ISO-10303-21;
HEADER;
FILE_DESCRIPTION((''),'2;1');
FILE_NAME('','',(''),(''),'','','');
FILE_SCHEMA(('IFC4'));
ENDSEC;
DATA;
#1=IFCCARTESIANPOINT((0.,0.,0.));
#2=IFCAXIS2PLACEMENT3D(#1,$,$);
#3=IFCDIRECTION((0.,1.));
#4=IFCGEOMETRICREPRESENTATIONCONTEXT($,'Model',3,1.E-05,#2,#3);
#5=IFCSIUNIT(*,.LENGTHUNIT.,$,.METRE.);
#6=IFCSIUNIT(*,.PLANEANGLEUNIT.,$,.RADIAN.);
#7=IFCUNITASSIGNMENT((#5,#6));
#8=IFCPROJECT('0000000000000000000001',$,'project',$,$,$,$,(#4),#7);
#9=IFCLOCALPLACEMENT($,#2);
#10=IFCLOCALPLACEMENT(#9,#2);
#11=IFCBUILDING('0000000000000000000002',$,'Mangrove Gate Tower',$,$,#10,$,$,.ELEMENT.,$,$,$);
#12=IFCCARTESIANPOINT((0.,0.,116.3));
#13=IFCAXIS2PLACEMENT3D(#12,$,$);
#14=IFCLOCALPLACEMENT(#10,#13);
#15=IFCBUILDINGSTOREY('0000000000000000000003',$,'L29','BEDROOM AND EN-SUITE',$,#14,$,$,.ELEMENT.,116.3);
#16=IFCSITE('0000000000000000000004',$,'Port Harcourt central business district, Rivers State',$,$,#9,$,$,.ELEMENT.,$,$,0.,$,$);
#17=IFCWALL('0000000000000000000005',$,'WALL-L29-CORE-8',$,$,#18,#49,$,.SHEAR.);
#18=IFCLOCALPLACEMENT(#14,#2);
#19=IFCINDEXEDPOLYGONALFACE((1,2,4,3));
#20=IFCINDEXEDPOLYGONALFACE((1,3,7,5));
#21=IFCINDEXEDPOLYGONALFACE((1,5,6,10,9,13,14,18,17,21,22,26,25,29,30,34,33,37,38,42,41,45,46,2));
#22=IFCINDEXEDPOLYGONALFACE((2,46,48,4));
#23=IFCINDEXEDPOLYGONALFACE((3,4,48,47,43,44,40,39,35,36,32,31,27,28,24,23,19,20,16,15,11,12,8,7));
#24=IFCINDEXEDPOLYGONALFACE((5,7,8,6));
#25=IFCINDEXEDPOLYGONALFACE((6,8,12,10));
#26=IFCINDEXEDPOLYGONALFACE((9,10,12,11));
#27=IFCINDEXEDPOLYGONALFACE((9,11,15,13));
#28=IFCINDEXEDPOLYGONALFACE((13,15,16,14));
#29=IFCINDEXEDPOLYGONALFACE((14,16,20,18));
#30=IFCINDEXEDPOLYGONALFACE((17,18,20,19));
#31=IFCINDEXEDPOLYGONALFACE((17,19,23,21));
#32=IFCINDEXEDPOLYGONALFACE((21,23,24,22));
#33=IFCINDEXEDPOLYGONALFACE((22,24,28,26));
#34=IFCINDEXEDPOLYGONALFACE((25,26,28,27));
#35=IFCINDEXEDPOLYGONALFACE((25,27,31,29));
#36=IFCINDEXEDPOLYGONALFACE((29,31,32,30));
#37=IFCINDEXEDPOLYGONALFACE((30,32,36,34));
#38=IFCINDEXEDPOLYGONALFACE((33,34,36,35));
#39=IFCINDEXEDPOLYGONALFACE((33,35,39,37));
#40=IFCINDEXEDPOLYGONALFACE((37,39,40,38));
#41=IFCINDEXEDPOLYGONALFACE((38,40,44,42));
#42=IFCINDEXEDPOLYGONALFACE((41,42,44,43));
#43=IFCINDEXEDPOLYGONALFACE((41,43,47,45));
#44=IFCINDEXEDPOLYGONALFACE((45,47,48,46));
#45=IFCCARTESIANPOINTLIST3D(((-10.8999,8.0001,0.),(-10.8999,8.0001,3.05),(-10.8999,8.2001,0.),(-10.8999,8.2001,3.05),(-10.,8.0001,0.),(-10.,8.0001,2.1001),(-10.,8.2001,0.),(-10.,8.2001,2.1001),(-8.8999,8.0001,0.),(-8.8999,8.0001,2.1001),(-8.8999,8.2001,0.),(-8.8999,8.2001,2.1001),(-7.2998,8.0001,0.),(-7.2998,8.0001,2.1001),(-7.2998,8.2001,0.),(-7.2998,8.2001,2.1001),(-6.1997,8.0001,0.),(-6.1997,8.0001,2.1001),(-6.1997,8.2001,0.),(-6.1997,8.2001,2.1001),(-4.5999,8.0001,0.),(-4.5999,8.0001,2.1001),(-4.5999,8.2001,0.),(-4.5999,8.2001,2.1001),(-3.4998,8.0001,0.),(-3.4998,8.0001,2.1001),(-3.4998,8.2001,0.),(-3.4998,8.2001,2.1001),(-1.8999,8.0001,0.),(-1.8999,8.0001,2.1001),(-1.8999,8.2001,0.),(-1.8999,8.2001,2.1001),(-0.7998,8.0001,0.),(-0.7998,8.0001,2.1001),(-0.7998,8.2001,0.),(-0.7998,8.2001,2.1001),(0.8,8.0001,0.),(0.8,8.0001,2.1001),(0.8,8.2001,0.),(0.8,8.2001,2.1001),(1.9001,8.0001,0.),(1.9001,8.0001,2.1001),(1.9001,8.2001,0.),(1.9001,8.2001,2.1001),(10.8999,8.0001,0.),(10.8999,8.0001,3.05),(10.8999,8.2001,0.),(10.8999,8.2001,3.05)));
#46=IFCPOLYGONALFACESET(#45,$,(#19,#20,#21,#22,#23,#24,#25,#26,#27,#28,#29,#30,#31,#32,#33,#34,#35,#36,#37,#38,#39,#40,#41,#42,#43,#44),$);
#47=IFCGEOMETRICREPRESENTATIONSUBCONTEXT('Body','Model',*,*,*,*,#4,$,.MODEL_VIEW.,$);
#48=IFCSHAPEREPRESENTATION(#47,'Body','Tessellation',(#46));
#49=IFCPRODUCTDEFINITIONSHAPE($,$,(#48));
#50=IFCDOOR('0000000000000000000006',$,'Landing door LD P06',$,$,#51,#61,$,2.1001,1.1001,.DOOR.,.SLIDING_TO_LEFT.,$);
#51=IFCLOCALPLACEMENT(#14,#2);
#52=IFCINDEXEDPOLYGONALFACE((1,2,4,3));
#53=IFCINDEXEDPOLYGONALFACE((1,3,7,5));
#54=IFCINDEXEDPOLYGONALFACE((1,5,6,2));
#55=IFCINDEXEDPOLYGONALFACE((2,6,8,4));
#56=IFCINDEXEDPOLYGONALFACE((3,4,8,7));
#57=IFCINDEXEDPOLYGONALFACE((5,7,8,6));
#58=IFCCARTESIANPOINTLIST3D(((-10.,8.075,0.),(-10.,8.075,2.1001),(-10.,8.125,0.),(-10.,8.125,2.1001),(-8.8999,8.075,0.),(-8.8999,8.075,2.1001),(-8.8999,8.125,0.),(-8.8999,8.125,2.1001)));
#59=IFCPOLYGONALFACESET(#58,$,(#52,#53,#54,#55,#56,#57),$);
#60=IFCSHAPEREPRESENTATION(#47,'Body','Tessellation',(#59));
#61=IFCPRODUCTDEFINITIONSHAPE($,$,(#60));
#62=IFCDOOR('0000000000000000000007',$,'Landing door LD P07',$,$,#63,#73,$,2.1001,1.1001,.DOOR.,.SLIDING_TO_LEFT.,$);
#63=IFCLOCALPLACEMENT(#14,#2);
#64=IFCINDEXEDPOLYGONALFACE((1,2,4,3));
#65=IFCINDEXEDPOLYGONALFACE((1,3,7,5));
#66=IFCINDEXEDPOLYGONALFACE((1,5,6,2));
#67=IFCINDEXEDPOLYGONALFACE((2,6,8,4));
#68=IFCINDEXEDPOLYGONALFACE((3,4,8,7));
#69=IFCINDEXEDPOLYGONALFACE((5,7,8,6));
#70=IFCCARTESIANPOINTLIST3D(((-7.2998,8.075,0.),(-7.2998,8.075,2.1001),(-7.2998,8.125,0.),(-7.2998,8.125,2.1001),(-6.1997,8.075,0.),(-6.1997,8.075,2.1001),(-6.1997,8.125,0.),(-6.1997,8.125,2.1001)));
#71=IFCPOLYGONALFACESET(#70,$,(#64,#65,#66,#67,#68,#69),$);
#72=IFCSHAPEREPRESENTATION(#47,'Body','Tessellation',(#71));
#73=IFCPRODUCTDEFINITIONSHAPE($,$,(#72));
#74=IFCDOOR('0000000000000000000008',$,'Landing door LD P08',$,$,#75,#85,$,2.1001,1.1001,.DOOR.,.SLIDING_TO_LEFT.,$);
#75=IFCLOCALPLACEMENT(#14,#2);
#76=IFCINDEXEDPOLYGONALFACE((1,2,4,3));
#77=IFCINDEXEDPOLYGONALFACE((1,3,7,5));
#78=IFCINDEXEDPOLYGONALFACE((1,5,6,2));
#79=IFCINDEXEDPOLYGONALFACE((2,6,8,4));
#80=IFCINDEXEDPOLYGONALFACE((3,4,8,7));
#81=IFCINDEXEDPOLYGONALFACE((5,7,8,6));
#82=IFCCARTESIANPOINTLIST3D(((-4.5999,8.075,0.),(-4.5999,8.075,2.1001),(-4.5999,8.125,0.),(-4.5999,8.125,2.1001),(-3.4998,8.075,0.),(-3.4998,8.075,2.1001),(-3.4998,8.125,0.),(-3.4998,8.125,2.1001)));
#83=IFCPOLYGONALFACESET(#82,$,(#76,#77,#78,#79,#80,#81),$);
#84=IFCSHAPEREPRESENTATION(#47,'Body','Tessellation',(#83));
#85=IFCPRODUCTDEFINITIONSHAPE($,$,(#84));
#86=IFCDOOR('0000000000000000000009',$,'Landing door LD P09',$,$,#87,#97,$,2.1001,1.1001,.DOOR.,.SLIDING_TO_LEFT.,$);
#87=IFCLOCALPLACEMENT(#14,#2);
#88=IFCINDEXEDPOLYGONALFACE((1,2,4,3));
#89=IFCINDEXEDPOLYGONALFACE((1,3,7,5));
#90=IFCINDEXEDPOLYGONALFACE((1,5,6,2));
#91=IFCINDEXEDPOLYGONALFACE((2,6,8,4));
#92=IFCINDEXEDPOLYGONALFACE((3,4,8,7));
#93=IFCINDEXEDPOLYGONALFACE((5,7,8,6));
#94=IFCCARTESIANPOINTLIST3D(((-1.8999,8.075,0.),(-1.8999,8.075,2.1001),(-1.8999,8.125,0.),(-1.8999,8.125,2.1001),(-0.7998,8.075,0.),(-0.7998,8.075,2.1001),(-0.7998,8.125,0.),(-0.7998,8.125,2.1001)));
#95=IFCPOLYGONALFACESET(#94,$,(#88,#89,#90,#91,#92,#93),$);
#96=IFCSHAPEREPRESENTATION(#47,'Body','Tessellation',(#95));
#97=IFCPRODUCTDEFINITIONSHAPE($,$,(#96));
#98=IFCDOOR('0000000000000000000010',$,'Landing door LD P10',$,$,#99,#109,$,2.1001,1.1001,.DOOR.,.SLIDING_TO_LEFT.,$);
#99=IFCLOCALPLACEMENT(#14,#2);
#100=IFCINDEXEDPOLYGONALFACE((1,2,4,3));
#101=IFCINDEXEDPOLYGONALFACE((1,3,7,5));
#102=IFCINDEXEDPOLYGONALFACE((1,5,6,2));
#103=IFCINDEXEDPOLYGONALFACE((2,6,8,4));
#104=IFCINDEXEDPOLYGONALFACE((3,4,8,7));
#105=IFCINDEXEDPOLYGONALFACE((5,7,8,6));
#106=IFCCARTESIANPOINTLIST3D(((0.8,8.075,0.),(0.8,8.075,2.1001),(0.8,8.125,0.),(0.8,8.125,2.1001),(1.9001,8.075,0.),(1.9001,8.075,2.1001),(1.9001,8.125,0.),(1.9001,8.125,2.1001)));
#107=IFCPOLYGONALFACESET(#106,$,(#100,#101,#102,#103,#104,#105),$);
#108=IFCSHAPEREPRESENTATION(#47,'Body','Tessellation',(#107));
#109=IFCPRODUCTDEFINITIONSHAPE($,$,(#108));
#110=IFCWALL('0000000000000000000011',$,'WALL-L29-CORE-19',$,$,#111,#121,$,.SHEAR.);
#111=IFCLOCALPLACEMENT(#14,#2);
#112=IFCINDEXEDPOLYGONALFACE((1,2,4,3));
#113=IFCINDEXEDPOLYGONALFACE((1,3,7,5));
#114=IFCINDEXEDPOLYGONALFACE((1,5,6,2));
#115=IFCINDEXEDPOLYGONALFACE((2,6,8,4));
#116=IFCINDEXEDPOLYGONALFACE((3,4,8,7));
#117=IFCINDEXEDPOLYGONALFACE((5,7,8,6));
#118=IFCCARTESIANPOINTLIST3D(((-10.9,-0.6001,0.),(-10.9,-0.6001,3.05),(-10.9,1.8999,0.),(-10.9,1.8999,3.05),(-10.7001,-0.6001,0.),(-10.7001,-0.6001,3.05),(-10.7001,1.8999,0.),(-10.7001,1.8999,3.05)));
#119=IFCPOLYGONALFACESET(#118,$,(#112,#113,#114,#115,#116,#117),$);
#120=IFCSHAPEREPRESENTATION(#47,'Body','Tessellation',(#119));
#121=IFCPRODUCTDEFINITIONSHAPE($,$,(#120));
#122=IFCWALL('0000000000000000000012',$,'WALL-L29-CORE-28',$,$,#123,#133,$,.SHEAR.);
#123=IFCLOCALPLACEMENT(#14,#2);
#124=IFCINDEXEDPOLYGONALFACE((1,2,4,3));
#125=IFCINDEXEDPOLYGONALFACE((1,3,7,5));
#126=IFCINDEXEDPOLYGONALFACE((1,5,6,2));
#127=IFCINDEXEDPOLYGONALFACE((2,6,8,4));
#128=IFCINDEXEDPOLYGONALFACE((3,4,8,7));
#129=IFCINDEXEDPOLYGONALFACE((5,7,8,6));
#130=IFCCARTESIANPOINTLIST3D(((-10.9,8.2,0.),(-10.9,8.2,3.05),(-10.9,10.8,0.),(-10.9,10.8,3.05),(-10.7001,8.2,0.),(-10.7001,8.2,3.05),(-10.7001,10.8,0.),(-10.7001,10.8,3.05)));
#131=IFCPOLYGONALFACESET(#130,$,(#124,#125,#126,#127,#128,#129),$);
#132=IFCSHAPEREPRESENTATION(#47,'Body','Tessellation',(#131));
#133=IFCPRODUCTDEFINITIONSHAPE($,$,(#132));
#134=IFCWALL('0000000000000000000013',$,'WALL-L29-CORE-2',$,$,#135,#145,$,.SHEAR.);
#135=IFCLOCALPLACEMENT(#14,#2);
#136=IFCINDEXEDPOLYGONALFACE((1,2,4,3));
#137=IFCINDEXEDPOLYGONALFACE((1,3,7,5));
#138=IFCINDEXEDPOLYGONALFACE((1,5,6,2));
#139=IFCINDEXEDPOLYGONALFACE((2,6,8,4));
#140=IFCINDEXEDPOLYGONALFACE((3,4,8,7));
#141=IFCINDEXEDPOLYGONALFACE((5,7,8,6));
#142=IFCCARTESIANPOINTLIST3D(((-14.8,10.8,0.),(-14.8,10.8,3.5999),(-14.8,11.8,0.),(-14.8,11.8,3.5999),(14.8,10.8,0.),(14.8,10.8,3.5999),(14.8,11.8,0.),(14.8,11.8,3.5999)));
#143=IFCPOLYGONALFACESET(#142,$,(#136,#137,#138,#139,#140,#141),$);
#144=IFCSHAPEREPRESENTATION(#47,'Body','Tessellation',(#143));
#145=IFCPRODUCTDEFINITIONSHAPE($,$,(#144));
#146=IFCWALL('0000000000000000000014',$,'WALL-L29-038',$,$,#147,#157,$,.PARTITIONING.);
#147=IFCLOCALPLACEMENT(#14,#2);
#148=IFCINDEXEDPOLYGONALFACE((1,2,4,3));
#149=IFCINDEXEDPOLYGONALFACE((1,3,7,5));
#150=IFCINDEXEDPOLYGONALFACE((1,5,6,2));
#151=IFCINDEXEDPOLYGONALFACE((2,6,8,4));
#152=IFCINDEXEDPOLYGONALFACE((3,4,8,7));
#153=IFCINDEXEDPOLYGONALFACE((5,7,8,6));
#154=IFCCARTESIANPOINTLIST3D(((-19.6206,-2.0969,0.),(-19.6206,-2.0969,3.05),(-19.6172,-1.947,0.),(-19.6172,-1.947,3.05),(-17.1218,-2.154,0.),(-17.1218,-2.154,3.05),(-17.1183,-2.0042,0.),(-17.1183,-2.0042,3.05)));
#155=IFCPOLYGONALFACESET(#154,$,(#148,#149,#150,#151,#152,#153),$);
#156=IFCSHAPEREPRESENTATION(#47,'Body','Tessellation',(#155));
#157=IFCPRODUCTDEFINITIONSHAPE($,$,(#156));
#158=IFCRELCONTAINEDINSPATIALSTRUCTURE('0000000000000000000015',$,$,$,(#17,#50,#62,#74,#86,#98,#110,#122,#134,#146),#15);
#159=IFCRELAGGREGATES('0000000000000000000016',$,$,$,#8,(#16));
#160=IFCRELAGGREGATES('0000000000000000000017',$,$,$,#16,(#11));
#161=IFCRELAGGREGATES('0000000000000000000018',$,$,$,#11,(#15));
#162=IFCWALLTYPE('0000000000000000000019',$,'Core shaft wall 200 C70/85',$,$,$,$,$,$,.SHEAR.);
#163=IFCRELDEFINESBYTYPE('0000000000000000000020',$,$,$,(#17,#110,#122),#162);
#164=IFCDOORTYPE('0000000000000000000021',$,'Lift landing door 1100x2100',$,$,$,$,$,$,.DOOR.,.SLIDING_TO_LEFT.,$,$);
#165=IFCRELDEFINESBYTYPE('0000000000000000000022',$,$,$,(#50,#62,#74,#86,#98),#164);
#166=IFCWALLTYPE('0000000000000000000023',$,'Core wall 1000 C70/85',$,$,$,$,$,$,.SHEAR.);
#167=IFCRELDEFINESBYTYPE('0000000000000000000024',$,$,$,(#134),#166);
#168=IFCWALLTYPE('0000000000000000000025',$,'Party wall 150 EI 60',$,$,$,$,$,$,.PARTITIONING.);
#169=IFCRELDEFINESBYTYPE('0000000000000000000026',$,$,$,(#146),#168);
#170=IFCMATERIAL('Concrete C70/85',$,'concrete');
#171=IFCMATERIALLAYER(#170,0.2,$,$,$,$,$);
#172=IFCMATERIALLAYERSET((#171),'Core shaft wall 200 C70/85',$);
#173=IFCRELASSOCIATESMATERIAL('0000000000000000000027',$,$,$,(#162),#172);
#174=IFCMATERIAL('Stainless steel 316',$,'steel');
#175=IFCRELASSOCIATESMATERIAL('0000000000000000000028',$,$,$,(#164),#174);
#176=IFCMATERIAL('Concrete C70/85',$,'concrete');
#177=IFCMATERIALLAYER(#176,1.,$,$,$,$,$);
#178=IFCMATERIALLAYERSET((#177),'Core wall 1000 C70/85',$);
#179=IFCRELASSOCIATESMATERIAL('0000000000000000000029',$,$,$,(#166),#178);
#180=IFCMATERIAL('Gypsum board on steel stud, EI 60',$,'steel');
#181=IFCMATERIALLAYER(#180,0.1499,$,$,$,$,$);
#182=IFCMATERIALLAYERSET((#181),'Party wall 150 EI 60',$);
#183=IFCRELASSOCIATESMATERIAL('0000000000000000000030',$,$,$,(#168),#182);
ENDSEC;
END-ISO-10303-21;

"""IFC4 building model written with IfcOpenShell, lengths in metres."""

from ifc_helpers import new_model, si_unit, direction, frame, frame_2d, origin, place, context, subcontext, project, spatial, rectangle, extrude, material, layer, layer_set, type_object, element, fill, save


model = new_model("IFC4")

# Units and contexts
model_context = context("Model", 3, precision=1e-05, world=origin(), true_north=direction((0.0, 1.0)))
body_context = subcontext(model_context, "Body", "Model", "MODEL_VIEW")
ifc_project = project(units=[si_unit("LENGTHUNIT", "METRE"), si_unit("PLANEANGLEUNIT", "RADIAN")], contexts=[model_context])

# Site, building, storey
site_placement = place(None, origin())
site = spatial("IfcSite", under=ifc_project, at=site_placement, Name="Port Harcourt central business district, Rivers State", CompositionType="ELEMENT", RefElevation=0.0)
building_placement = place(site_placement, origin())
building = spatial("IfcBuilding", under=site, at=building_placement, Name="Mangrove Gate Tower", CompositionType="ELEMENT")
storey_placement = place(building_placement, frame((0.0, 0.0, 116.3)))
storey = spatial("IfcBuildingStorey", under=building, at=storey_placement, Name="L29", Description="BEDROOM AND EN-SUITE", CompositionType="ELEMENT", Elevation=116.3)

# Shared definitions
ifc_material_1 = material(Name="Concrete C70/85", Category="concrete")
ifc_layer_1 = layer(ifc_material_1, 0.2)
ifc_layer_set_1 = layer_set([ifc_layer_1], Name="Core shaft wall 200 C70/85")
wall_type_1 = type_object("IfcWallType", Name="Core shaft wall 200 C70/85", PredefinedType="SHEAR", material=ifc_layer_set_1)

# Wall, openings, doors
ifc_material_2 = material(Name="Stainless steel 316", Category="steel")
door_type_1 = type_object("IfcDoorType", Name="Lift landing door 1100x2100", OperationType="SLIDING_TO_LEFT", PredefinedType="DOOR", material=ifc_material_2)
wall_1_placement = place(storey_placement, frame((-10.8999, 8.1001, 0.0), z_axis=(0.0, 0.0, 1.0), x_axis=(1.0, 0.0, 0.0)))
wall_1 = element("IfcWall", 1, at=wall_1_placement, inside=storey, type_object=wall_type_1, Name="WALL-L29-CORE-8", PredefinedType="SHEAR", context=body_context, shape_type="SweptSolid", body=[
    extrude(rectangle(XDim=21.7998, YDim=0.2, at=frame_2d((10.8999, 0.0))), origin(), (0.0, 0.0, 1.0), 3.05),
])
opening_1_placement = place(wall_1_placement, frame((0.8999, 0.0, 0.0)))
opening_1 = element("IfcOpeningElement", 2, at=opening_1_placement, cuts=wall_1, PredefinedType="OPENING", context=body_context, shape_type="SweptSolid", body=[
    extrude(rectangle(XDim=1.1001, YDim=2.1001, at=frame_2d((0.55, 1.05))), frame((0.0, 0.1099, 0.0), z_axis=(0.0, -1.0, 0.0), x_axis=(1.0, 0.0, 0.0)), (0.0, 0.0, 1.0), 0.22),
])
opening_2_placement = place(wall_1_placement, frame((3.6001, 0.0, 0.0)))
opening_2 = element("IfcOpeningElement", 3, at=opening_2_placement, cuts=wall_1, PredefinedType="OPENING", context=body_context, shape_type="SweptSolid", body=[
    extrude(rectangle(XDim=1.1001, YDim=2.1001, at=frame_2d((0.55, 1.05))), frame((0.0, 0.1099, 0.0), z_axis=(0.0, -1.0, 0.0), x_axis=(1.0, 0.0, 0.0)), (0.0, 0.0, 1.0), 0.22),
])
opening_3_placement = place(wall_1_placement, frame((6.3, 0.0, 0.0)))
opening_3 = element("IfcOpeningElement", 4, at=opening_3_placement, cuts=wall_1, PredefinedType="OPENING", context=body_context, shape_type="SweptSolid", body=[
    extrude(rectangle(XDim=1.1001, YDim=2.1001, at=frame_2d((0.55, 1.05))), frame((0.0, 0.1099, 0.0), z_axis=(0.0, -1.0, 0.0), x_axis=(1.0, 0.0, 0.0)), (0.0, 0.0, 1.0), 0.22),
])
opening_4_placement = place(wall_1_placement, frame((9.0, 0.0, 0.0)))
opening_4 = element("IfcOpeningElement", 5, at=opening_4_placement, cuts=wall_1, PredefinedType="OPENING", context=body_context, shape_type="SweptSolid", body=[
    extrude(rectangle(XDim=1.1001, YDim=2.1001, at=frame_2d((0.55, 1.05))), frame((0.0, 0.1099, 0.0), z_axis=(0.0, -1.0, 0.0), x_axis=(1.0, 0.0, 0.0)), (0.0, 0.0, 1.0), 0.22),
])
opening_5_placement = place(wall_1_placement, frame((11.7, 0.0, 0.0)))
opening_5 = element("IfcOpeningElement", 6, at=opening_5_placement, cuts=wall_1, PredefinedType="OPENING", context=body_context, shape_type="SweptSolid", body=[
    extrude(rectangle(XDim=1.1001, YDim=2.1001, at=frame_2d((0.55, 1.05))), frame((0.0, 0.1099, 0.0), z_axis=(0.0, -1.0, 0.0), x_axis=(1.0, 0.0, 0.0)), (0.0, 0.0, 1.0), 0.22),
])
door_1_placement = place(opening_1_placement, origin())
door_1 = element("IfcDoor", 7, at=door_1_placement, inside=storey, type_object=door_type_1, Name="Landing door LD P06", OperationType="SLIDING_TO_LEFT", OverallHeight=2.1001, OverallWidth=1.1001, PredefinedType="DOOR", context=body_context, shape_type="SweptSolid", body=[
    extrude(rectangle(XDim=1.1001, YDim=2.1001, at=frame_2d((0.55, 1.05))), frame((0.0, 0.0249, 0.0), z_axis=(0.0, -1.0, 0.0), x_axis=(1.0, 0.0, 0.0)), (0.0, 0.0, 1.0), 0.05),
])
fill(opening_1, door_1)
door_2_placement = place(opening_2_placement, origin())
door_2 = element("IfcDoor", 8, at=door_2_placement, inside=storey, type_object=door_type_1, Name="Landing door LD P07", OperationType="SLIDING_TO_LEFT", OverallHeight=2.1001, OverallWidth=1.1001, PredefinedType="DOOR", context=body_context, shape_type="SweptSolid", body=[
    extrude(rectangle(XDim=1.1001, YDim=2.1001, at=frame_2d((0.55, 1.05))), frame((0.0, 0.0249, 0.0), z_axis=(0.0, -1.0, 0.0), x_axis=(1.0, 0.0, 0.0)), (0.0, 0.0, 1.0), 0.05),
])
fill(opening_2, door_2)
door_3_placement = place(opening_3_placement, origin())
door_3 = element("IfcDoor", 9, at=door_3_placement, inside=storey, type_object=door_type_1, Name="Landing door LD P08", OperationType="SLIDING_TO_LEFT", OverallHeight=2.1001, OverallWidth=1.1001, PredefinedType="DOOR", context=body_context, shape_type="SweptSolid", body=[
    extrude(rectangle(XDim=1.1001, YDim=2.1001, at=frame_2d((0.55, 1.05))), frame((0.0, 0.0249, 0.0), z_axis=(0.0, -1.0, 0.0), x_axis=(1.0, 0.0, 0.0)), (0.0, 0.0, 1.0), 0.05),
])
fill(opening_3, door_3)
door_4_placement = place(opening_4_placement, origin())
door_4 = element("IfcDoor", 10, at=door_4_placement, inside=storey, type_object=door_type_1, Name="Landing door LD P09", OperationType="SLIDING_TO_LEFT", OverallHeight=2.1001, OverallWidth=1.1001, PredefinedType="DOOR", context=body_context, shape_type="SweptSolid", body=[
    extrude(rectangle(XDim=1.1001, YDim=2.1001, at=frame_2d((0.55, 1.05))), frame((0.0, 0.0249, 0.0), z_axis=(0.0, -1.0, 0.0), x_axis=(1.0, 0.0, 0.0)), (0.0, 0.0, 1.0), 0.05),
])
fill(opening_4, door_4)
door_5_placement = place(opening_5_placement, origin())
door_5 = element("IfcDoor", 11, at=door_5_placement, inside=storey, type_object=door_type_1, Name="Landing door LD P10", OperationType="SLIDING_TO_LEFT", OverallHeight=2.1001, OverallWidth=1.1001, PredefinedType="DOOR", context=body_context, shape_type="SweptSolid", body=[
    extrude(rectangle(XDim=1.1001, YDim=2.1001, at=frame_2d((0.55, 1.05))), frame((0.0, 0.0249, 0.0), z_axis=(0.0, -1.0, 0.0), x_axis=(1.0, 0.0, 0.0)), (0.0, 0.0, 1.0), 0.05),
])
fill(opening_5, door_5)

# Walls
wall_2_placement = place(storey_placement, frame((-10.8, -0.6001, 0.0), z_axis=(0.0, 0.0, 1.0), x_axis=(0.0, 1.0, 0.0)))
element("IfcWall", 12, at=wall_2_placement, inside=storey, type_object=wall_type_1, Name="WALL-L29-CORE-19", PredefinedType="SHEAR", context=body_context, shape_type="SweptSolid", body=[
    extrude(rectangle(XDim=2.5, YDim=0.2, at=frame_2d((1.25, 0.0))), origin(), (0.0, 0.0, 1.0), 3.05),
])
wall_3_placement = place(storey_placement, frame((-10.8, 8.2, 0.0), z_axis=(0.0, 0.0, 1.0), x_axis=(0.0, 1.0, 0.0)))
element("IfcWall", 13, at=wall_3_placement, inside=storey, type_object=wall_type_1, Name="WALL-L29-CORE-28", PredefinedType="SHEAR", context=body_context, shape_type="SweptSolid", body=[
    extrude(rectangle(XDim=2.6001, YDim=0.2, at=frame_2d((1.3, 0.0))), origin(), (0.0, 0.0, 1.0), 3.05),
])
ifc_material_3 = material(Name="Concrete C70/85", Category="concrete")
ifc_layer_2 = layer(ifc_material_3, 1.0)
ifc_layer_set_2 = layer_set([ifc_layer_2], Name="Core wall 1000 C70/85")
wall_type_2 = type_object("IfcWallType", Name="Core wall 1000 C70/85", PredefinedType="SHEAR", material=ifc_layer_set_2)
wall_4_placement = place(storey_placement, frame((-14.8, 11.3, 0.0), z_axis=(0.0, 0.0, 1.0), x_axis=(1.0, 0.0, 0.0)))
element("IfcWall", 14, at=wall_4_placement, inside=storey, type_object=wall_type_2, Name="WALL-L29-CORE-2", PredefinedType="SHEAR", context=body_context, shape_type="SweptSolid", body=[
    extrude(rectangle(XDim=29.6001, YDim=1.0, at=frame_2d((14.8, 0.0))), origin(), (0.0, 0.0, 1.0), 3.5999),
])
ifc_material_4 = material(Name="Gypsum board on steel stud, EI 60", Category="steel")
ifc_layer_3 = layer(ifc_material_4, 0.1499)
ifc_layer_set_3 = layer_set([ifc_layer_3], Name="Party wall 150 EI 60")
wall_type_3 = type_object("IfcWallType", Name="Party wall 150 EI 60", PredefinedType="PARTITIONING", material=ifc_layer_set_3)
wall_5_placement = place(storey_placement, frame((-19.6189, -2.022, 0.0), z_axis=(0.0, 0.0, 1.0), x_axis=(0.999739, -0.022857, 0.0)))
element("IfcWall", 15, at=wall_5_placement, inside=storey, type_object=wall_type_3, Name="WALL-L29-038", PredefinedType="PARTITIONING", context=body_context, shape_type="SweptSolid", body=[
    extrude(rectangle(XDim=2.4995, YDim=0.1499, at=frame_2d((1.2498, 0.0))), origin(), (0.0, 0.0, 1.0), 3.05),
])

save(model, "model.ifc")
